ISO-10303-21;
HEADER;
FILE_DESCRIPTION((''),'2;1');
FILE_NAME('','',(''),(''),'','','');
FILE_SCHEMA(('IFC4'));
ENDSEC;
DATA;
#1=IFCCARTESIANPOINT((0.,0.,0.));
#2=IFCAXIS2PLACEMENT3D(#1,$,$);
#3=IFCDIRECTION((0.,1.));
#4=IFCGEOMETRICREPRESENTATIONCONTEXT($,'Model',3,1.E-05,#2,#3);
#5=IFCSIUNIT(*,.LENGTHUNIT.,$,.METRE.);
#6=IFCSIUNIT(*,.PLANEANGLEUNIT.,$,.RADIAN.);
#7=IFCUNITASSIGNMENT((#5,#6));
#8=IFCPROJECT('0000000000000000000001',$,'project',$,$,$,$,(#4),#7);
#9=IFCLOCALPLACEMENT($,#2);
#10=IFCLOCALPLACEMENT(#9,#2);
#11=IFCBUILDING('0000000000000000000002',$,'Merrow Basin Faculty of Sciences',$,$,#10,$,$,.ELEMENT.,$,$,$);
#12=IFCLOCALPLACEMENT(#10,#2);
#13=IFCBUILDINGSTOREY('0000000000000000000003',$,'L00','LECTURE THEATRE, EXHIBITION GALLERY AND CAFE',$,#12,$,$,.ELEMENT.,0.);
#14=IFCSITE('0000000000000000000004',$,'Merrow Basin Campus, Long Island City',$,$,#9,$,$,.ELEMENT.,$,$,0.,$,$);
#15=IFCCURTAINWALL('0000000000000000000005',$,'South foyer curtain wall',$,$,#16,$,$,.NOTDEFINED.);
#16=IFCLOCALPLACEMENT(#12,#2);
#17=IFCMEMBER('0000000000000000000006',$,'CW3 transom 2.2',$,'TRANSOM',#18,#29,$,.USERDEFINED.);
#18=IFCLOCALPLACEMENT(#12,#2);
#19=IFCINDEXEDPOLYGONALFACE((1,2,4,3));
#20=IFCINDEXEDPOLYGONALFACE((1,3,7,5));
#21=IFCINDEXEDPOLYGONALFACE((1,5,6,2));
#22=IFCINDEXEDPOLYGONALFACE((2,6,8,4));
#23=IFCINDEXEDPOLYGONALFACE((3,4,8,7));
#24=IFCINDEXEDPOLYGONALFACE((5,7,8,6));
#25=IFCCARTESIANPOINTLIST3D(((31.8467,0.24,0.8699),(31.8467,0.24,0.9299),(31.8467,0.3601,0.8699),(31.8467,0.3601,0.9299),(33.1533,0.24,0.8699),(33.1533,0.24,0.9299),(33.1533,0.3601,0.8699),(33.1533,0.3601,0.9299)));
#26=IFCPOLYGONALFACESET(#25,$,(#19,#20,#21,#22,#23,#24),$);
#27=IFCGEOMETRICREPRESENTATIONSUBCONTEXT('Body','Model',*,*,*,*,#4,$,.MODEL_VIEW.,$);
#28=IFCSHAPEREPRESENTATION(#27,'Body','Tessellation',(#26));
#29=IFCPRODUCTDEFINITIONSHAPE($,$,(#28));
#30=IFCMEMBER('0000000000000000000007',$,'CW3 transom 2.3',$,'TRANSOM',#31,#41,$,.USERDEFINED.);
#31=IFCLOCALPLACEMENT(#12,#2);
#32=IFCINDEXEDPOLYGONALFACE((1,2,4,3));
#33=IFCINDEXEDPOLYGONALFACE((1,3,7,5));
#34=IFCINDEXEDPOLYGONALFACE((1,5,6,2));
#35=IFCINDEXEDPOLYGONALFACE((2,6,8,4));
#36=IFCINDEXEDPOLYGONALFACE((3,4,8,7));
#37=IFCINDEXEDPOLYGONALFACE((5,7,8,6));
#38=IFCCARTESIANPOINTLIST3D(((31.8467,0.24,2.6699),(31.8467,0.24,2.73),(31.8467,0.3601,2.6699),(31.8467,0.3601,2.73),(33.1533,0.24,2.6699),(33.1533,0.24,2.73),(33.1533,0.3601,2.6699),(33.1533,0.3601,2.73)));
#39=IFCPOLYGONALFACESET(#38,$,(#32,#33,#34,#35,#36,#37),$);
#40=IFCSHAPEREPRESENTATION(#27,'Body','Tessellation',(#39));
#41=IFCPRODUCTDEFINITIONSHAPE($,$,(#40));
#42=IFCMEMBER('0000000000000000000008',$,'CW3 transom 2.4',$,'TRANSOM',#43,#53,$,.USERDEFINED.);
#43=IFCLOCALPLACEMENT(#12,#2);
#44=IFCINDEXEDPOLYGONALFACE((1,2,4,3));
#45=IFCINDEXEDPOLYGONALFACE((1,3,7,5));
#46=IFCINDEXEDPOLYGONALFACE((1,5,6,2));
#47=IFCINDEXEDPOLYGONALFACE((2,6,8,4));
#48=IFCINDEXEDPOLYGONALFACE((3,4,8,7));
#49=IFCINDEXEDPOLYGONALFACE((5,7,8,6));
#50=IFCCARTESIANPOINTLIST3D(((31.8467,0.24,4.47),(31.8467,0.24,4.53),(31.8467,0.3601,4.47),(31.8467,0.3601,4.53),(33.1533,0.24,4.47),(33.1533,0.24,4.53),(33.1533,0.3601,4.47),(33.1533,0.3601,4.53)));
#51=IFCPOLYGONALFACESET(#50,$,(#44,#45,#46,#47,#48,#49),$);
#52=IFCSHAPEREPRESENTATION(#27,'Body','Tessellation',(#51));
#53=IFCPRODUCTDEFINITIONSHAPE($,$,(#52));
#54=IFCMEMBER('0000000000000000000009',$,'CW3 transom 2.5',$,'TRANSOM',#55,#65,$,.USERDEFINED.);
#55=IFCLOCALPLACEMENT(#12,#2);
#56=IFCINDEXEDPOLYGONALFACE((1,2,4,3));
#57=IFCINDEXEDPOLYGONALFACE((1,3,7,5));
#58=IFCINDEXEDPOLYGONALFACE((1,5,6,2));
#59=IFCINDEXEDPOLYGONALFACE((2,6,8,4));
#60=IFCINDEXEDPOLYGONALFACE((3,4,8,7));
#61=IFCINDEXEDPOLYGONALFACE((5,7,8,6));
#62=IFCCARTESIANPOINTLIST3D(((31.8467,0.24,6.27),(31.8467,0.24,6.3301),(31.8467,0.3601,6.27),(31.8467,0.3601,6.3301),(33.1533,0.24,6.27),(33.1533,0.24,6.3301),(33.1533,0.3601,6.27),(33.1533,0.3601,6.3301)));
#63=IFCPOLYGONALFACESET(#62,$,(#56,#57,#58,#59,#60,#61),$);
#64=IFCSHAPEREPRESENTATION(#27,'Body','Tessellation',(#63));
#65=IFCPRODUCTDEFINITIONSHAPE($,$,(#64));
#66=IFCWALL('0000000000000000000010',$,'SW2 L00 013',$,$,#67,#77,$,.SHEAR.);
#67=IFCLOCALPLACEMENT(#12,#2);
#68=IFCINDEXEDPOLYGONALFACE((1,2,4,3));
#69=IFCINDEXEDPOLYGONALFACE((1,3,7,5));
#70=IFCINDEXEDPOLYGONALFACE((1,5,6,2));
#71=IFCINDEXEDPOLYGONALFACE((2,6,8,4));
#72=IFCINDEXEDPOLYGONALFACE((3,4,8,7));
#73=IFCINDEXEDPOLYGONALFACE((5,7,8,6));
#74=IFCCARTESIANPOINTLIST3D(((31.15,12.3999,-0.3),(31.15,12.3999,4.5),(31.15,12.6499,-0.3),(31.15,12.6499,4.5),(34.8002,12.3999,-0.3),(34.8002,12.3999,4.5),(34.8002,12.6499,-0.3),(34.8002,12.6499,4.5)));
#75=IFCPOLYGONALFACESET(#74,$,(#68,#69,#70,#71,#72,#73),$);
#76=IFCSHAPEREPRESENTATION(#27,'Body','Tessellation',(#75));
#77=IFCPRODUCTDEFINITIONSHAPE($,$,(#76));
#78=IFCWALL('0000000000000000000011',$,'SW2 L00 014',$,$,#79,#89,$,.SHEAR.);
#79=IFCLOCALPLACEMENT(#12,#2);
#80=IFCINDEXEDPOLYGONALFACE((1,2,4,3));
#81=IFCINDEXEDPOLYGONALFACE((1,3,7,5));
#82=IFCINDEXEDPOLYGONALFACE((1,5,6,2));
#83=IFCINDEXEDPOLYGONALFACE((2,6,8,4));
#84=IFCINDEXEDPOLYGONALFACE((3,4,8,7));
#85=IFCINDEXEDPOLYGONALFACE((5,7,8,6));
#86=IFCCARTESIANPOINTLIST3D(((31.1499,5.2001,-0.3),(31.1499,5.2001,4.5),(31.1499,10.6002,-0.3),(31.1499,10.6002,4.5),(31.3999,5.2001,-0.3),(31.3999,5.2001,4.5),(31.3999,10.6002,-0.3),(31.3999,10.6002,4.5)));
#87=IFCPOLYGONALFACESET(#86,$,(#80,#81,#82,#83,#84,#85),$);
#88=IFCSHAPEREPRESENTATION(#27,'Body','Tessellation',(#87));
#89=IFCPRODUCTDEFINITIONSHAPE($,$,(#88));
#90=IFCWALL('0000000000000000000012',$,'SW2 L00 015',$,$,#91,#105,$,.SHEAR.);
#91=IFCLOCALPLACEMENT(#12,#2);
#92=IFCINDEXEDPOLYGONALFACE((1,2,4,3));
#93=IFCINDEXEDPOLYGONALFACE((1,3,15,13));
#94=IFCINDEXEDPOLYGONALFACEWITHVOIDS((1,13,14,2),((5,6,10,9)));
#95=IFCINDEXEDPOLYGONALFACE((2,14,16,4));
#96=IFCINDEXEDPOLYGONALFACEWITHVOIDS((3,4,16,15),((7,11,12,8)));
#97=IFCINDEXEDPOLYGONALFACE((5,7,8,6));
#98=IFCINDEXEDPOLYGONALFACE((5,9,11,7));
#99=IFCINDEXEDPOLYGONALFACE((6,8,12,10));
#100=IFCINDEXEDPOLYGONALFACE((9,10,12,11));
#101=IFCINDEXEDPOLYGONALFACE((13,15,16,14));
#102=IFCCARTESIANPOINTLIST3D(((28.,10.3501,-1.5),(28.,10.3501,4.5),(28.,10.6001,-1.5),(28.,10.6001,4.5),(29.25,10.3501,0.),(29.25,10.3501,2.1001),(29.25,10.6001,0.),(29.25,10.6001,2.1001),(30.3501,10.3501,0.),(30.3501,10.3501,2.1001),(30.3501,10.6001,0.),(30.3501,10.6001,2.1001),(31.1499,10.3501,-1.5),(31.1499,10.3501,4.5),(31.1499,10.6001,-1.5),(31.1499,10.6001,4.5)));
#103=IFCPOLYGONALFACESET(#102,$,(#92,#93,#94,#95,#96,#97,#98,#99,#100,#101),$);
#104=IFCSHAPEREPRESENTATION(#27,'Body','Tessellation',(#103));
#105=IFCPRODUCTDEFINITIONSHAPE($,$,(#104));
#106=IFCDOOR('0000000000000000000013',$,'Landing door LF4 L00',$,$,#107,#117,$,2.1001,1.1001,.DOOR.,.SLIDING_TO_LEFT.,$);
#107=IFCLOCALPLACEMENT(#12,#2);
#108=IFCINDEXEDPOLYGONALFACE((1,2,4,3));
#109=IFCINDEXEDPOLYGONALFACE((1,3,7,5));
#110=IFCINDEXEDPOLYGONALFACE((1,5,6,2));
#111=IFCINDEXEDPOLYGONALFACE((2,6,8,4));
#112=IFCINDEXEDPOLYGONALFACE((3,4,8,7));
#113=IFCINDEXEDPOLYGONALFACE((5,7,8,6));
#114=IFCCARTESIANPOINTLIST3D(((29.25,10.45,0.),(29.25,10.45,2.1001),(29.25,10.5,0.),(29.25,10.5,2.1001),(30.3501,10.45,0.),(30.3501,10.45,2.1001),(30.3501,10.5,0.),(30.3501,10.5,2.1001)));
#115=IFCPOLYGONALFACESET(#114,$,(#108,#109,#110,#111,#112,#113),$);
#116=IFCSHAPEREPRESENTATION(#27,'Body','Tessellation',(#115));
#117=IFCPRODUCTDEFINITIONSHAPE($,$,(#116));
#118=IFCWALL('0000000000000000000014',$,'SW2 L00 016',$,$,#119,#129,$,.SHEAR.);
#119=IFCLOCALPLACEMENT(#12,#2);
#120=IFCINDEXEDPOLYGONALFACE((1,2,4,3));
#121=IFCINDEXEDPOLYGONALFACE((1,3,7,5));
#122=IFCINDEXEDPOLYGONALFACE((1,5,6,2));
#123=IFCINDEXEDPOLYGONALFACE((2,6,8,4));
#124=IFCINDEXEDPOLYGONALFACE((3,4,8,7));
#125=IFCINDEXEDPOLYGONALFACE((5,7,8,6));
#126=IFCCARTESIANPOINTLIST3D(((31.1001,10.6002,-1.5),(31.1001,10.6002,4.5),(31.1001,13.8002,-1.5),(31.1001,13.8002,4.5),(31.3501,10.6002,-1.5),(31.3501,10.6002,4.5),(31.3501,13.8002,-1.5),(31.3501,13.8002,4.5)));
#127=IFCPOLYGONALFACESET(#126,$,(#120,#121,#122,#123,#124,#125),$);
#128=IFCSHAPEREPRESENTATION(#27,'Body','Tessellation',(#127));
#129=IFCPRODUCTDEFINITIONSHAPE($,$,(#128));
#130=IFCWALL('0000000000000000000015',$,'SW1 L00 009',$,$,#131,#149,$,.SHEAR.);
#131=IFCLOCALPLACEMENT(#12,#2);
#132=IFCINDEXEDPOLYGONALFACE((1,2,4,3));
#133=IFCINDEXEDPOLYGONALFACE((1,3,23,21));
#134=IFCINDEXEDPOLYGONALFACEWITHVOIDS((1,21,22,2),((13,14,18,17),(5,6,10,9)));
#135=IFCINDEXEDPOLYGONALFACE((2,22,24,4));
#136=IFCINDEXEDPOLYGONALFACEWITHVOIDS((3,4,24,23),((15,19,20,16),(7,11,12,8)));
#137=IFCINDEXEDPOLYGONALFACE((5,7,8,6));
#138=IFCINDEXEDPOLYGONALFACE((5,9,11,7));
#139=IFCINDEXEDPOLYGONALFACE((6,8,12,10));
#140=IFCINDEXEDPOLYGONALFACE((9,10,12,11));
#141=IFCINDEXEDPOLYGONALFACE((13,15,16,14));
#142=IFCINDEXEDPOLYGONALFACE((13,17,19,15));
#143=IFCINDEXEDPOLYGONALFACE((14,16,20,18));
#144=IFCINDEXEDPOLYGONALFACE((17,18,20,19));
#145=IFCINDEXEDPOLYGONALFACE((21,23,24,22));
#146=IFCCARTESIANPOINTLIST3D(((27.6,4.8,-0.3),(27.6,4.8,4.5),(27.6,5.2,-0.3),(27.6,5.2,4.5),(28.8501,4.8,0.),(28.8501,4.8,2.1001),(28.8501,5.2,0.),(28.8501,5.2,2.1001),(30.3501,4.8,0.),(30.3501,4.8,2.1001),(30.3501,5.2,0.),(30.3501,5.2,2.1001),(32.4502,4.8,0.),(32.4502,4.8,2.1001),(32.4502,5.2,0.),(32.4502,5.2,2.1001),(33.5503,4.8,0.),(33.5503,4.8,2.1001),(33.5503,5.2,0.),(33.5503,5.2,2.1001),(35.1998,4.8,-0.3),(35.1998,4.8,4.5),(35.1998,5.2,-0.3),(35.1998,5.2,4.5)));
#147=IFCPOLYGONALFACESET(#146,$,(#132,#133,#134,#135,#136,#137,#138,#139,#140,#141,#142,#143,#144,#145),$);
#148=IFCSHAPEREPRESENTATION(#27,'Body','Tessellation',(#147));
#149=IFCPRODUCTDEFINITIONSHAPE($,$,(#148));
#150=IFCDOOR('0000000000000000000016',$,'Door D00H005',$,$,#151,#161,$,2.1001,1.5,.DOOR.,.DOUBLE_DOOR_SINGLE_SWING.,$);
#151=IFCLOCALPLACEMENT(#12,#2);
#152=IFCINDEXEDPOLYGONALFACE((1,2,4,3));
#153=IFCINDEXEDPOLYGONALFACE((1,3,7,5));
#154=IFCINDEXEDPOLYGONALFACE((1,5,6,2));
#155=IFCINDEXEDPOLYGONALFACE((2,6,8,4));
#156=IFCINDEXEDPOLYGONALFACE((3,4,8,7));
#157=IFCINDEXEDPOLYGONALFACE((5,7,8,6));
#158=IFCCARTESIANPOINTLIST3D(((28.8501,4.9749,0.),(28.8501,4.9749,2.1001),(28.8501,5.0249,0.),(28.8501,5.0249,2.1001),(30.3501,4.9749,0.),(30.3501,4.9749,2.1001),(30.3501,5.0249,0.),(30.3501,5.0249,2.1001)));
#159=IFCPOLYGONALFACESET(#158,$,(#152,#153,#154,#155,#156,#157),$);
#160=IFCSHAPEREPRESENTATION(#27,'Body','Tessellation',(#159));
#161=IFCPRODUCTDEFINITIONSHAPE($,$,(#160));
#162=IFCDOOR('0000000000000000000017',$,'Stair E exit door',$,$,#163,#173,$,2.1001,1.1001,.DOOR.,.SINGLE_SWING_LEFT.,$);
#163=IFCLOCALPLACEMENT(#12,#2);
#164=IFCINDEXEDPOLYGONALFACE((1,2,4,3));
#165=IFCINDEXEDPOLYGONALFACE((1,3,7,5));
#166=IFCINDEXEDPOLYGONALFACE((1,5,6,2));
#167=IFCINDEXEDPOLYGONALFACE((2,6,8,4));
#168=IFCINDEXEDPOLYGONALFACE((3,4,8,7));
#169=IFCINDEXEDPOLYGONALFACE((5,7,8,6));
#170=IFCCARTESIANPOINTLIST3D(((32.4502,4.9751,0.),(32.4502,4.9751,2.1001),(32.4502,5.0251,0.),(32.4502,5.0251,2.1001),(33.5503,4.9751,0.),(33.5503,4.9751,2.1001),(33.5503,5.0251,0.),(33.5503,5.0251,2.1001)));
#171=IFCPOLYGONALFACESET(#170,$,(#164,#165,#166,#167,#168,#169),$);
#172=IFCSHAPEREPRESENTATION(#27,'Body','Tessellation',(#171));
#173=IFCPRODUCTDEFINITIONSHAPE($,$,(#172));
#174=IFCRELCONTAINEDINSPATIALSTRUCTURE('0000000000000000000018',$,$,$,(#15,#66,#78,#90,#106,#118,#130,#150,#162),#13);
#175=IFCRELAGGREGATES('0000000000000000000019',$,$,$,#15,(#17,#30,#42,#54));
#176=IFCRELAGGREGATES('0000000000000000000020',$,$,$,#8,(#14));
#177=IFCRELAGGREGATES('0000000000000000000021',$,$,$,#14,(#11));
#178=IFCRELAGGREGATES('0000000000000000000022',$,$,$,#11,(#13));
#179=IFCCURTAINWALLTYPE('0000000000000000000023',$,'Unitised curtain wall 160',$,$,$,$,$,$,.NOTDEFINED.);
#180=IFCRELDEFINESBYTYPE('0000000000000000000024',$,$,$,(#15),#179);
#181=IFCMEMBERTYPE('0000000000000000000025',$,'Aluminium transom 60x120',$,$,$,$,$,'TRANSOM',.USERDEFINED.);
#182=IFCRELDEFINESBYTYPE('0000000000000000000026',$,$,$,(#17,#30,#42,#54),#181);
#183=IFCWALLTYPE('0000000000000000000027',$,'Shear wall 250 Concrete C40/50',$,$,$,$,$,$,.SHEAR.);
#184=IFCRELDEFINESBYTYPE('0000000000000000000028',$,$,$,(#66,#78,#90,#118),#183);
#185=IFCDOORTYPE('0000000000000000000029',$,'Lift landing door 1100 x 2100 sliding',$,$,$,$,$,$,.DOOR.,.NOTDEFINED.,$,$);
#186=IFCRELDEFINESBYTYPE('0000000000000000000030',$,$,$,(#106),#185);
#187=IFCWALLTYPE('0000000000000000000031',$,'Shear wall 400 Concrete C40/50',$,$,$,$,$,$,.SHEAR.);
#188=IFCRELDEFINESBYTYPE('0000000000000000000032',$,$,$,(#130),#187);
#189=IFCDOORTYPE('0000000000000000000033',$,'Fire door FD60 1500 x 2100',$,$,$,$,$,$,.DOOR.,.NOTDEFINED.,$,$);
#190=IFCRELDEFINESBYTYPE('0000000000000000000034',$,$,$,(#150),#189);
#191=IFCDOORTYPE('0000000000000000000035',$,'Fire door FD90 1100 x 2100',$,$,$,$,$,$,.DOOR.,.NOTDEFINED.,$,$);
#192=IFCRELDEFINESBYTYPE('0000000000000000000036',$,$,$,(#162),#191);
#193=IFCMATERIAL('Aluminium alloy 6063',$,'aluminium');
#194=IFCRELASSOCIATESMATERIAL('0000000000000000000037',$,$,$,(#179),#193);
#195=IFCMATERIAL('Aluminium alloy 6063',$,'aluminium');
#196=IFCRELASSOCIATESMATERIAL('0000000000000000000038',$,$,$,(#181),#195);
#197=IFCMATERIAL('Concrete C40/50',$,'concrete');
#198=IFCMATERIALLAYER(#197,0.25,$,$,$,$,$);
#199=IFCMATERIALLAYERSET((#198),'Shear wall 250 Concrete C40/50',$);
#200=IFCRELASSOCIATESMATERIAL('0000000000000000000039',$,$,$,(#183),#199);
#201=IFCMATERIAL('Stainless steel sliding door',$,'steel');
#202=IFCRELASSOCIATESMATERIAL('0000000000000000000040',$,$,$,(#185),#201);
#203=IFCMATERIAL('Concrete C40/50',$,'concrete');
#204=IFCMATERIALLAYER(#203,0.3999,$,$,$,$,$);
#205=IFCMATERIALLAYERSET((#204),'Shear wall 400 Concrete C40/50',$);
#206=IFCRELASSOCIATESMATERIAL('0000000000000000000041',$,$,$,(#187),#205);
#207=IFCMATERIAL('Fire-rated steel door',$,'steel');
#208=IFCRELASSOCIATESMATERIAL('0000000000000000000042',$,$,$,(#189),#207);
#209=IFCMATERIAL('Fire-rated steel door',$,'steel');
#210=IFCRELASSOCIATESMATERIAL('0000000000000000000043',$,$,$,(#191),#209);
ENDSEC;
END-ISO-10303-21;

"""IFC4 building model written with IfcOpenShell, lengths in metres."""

from ifc_helpers import new_model, si_unit, direction, frame, frame_2d, origin, origin_2d, place, context, subcontext, project, spatial, rectangle, extrude, material, layer, layer_set, material_profile, profile_set, type_object, element, fill, aggregate, save


model = new_model("IFC4")

# Units and contexts
model_context = context("Model", 3, precision=1e-05, world=origin(), true_north=direction((0.0, 1.0)))
body_context = subcontext(model_context, "Body", "Model", "MODEL_VIEW")
ifc_project = project(units=[si_unit("LENGTHUNIT", "METRE"), si_unit("PLANEANGLEUNIT", "RADIAN")], contexts=[model_context])

# Site, building, storey
site_placement = place(None, origin())
site = spatial("IfcSite", under=ifc_project, at=site_placement, Name="Merrow Basin Campus, Long Island City", CompositionType="ELEMENT", RefElevation=0.0)
building_placement = place(site_placement, origin())
building = spatial("IfcBuilding", under=site, at=building_placement, Name="Merrow Basin Faculty of Sciences", CompositionType="ELEMENT")
storey_placement = place(building_placement, origin())
storey = spatial("IfcBuildingStorey", under=building, at=storey_placement, Name="L00", Description="LECTURE THEATRE, EXHIBITION GALLERY AND CAFE", CompositionType="ELEMENT", Elevation=0.0)

# Curtain wall, members
ifc_material_1 = material(Name="Aluminium alloy 6063", Category="aluminium")
curtain_wall_type = type_object("IfcCurtainWallType", Name="Unitised curtain wall 160", PredefinedType="NOTDEFINED", material=ifc_material_1)
curtain_wall_placement = place(storey_placement, origin())
curtain_wall = element("IfcCurtainWall", 1, at=curtain_wall_placement, inside=storey, type_object=curtain_wall_type, Name="South foyer curtain wall", PredefinedType="NOTDEFINED")
ifc_material_2 = material(Name="Aluminium alloy 6063", Category="aluminium")
ifc_material_profile_1 = material_profile(ifc_material_2, rectangle(XDim=0.1201, YDim=0.0601, at=origin_2d()))
ifc_profile_set_1 = profile_set([ifc_material_profile_1], Name="Aluminium alloy 6063")
member_type = type_object("IfcMemberType", Name="Aluminium transom 60x120", ElementType="TRANSOM", PredefinedType="USERDEFINED", material=ifc_profile_set_1)
member_1_placement = place(storey_placement, frame((31.8467, 0.3, 0.8999), z_axis=(1.0, 0.0, 0.0), x_axis=(0.0, 1.0, 0.0)))
member_1 = element("IfcMember", 2, at=member_1_placement, type_object=member_type, Name="CW3 transom 2.2", ObjectType="TRANSOM", PredefinedType="USERDEFINED", context=body_context, shape_type="SweptSolid", body=[
    extrude(rectangle(XDim=0.1201, YDim=0.0601, at=origin_2d()), origin(), (0.0, 0.0, 1.0), 1.3066),
])
member_2_placement = place(storey_placement, frame((31.8467, 0.3, 2.7), z_axis=(1.0, 0.0, 0.0), x_axis=(0.0, 1.0, 0.0)))
member_2 = element("IfcMember", 3, at=member_2_placement, type_object=member_type, Name="CW3 transom 2.3", ObjectType="TRANSOM", PredefinedType="USERDEFINED", context=body_context, shape_type="SweptSolid", body=[
    extrude(rectangle(XDim=0.1201, YDim=0.0601, at=origin_2d()), origin(), (0.0, 0.0, 1.0), 1.3066),
])
member_3_placement = place(storey_placement, frame((31.8467, 0.3, 4.5), z_axis=(1.0, 0.0, 0.0), x_axis=(0.0, 1.0, 0.0)))
member_3 = element("IfcMember", 4, at=member_3_placement, type_object=member_type, Name="CW3 transom 2.4", ObjectType="TRANSOM", PredefinedType="USERDEFINED", context=body_context, shape_type="SweptSolid", body=[
    extrude(rectangle(XDim=0.1201, YDim=0.0601, at=origin_2d()), origin(), (0.0, 0.0, 1.0), 1.3066),
])
member_4_placement = place(storey_placement, frame((31.8467, 0.3, 6.3), z_axis=(1.0, 0.0, 0.0), x_axis=(0.0, 1.0, 0.0)))
member_4 = element("IfcMember", 5, at=member_4_placement, type_object=member_type, Name="CW3 transom 2.5", ObjectType="TRANSOM", PredefinedType="USERDEFINED", context=body_context, shape_type="SweptSolid", body=[
    extrude(rectangle(XDim=0.1201, YDim=0.0601, at=origin_2d()), origin(), (0.0, 0.0, 1.0), 1.3066),
])
aggregate(curtain_wall, [member_1, member_2, member_3, member_4])

# Walls
ifc_material_3 = material(Name="Concrete C40/50", Category="concrete")
ifc_layer_1 = layer(ifc_material_3, 0.25)
ifc_layer_set_1 = layer_set([ifc_layer_1], Name="Shear wall 250 Concrete C40/50")
wall_type_1 = type_object("IfcWallType", Name="Shear wall 250 Concrete C40/50", PredefinedType="SHEAR", material=ifc_layer_set_1)
wall_1_placement = place(storey_placement, frame((31.1499, 12.5249, -0.3), z_axis=(0.0, 0.0, 1.0), x_axis=(1.0, 0.0, 0.0)))
element("IfcWall", 6, at=wall_1_placement, inside=storey, type_object=wall_type_1, Name="SW2 L00 013", PredefinedType="SHEAR", context=body_context, shape_type="SweptSolid", body=[
    extrude(rectangle(XDim=3.6501, YDim=0.25, at=frame_2d((1.8252, 0.0))), origin(), (0.0, 0.0, 1.0), 4.8),
])
wall_2_placement = place(storey_placement, frame((31.2749, 5.2, -0.3), z_axis=(0.0, 0.0, 1.0), x_axis=(0.0, 1.0, 0.0)))
element("IfcWall", 7, at=wall_2_placement, inside=storey, type_object=wall_type_1, Name="SW2 L00 014", PredefinedType="SHEAR", context=body_context, shape_type="SweptSolid", body=[
    extrude(rectangle(XDim=5.4001, YDim=0.25, at=frame_2d((2.7002, 0.0))), origin(), (0.0, 0.0, 1.0), 4.8),
])

# Wall, opening, door
wall_3_placement = place(storey_placement, frame((28.0, 10.4751, -1.5), z_axis=(0.0, 0.0, 1.0), x_axis=(1.0, 0.0, 0.0)))
wall_3 = element("IfcWall", 8, at=wall_3_placement, inside=storey, type_object=wall_type_1, Name="SW2 L00 015", PredefinedType="SHEAR", context=body_context, shape_type="SweptSolid", body=[
    extrude(rectangle(XDim=3.1499, YDim=0.25, at=frame_2d((1.575, 0.0))), origin(), (0.0, 0.0, 1.0), 6.0),
])
opening_1_placement = place(wall_3_placement, frame((1.25, 0.0, 1.5)))
opening_1 = element("IfcOpeningElement", 9, at=opening_1_placement, cuts=wall_3, PredefinedType="OPENING", context=body_context, shape_type="SweptSolid", body=[
    extrude(rectangle(XDim=1.1001, YDim=2.1001, at=frame_2d((0.55, 1.05))), frame((0.0, 0.135, 0.0), z_axis=(0.0, -1.0, 0.0), x_axis=(1.0, 0.0, 0.0)), (0.0, 0.0, 1.0), 0.27),
])
ifc_material_4 = material(Name="Stainless steel sliding door", Category="steel")
door_type_1 = type_object("IfcDoorType", Name="Lift landing door 1100 x 2100 sliding", OperationType="NOTDEFINED", PredefinedType="DOOR", material=ifc_material_4)
door_1_placement = place(opening_1_placement, origin())
door_1 = element("IfcDoor", 10, at=door_1_placement, inside=storey, type_object=door_type_1, Name="Landing door LF4 L00", OperationType="SLIDING_TO_LEFT", OverallHeight=2.1001, OverallWidth=1.1001, PredefinedType="DOOR", context=body_context, shape_type="SweptSolid", body=[
    extrude(rectangle(XDim=1.1001, YDim=2.1001, at=frame_2d((0.55, 1.05))), frame((0.0, 0.0249, 0.0), z_axis=(0.0, -1.0, 0.0), x_axis=(1.0, 0.0, 0.0)), (0.0, 0.0, 1.0), 0.05),
])
fill(opening_1, door_1)

# Wall
wall_4_placement = place(storey_placement, frame((31.2251, 10.6001, -1.5), z_axis=(0.0, 0.0, 1.0), x_axis=(0.0, 1.0, 0.0)))
element("IfcWall", 11, at=wall_4_placement, inside=storey, type_object=wall_type_1, Name="SW2 L00 016", PredefinedType="SHEAR", context=body_context, shape_type="SweptSolid", body=[
    extrude(rectangle(XDim=3.2, YDim=0.25, at=frame_2d((1.6001, 0.0))), origin(), (0.0, 0.0, 1.0), 6.0),
])

# Wall, openings, doors
ifc_material_5 = material(Name="Concrete C40/50", Category="concrete")
ifc_layer_2 = layer(ifc_material_5, 0.3999)
ifc_layer_set_2 = layer_set([ifc_layer_2], Name="Shear wall 400 Concrete C40/50")
wall_type_2 = type_object("IfcWallType", Name="Shear wall 400 Concrete C40/50", PredefinedType="SHEAR", material=ifc_layer_set_2)
wall_5_placement = place(storey_placement, frame((27.6001, 5.0, -0.3), z_axis=(0.0, 0.0, 1.0), x_axis=(1.0, 0.0, 0.0)))
wall_5 = element("IfcWall", 12, at=wall_5_placement, inside=storey, type_object=wall_type_2, Name="SW1 L00 009", PredefinedType="SHEAR", context=body_context, shape_type="SweptSolid", body=[
    extrude(rectangle(XDim=7.5999, YDim=0.3999, at=frame_2d((3.7998, 0.0))), origin(), (0.0, 0.0, 1.0), 4.8),
])
opening_2_placement = place(wall_5_placement, frame((4.8501, 0.0, 0.3)))
opening_2 = element("IfcOpeningElement", 13, at=opening_2_placement, cuts=wall_5, PredefinedType="OPENING", context=body_context, shape_type="SweptSolid", body=[
    extrude(rectangle(XDim=1.1001, YDim=2.1001, at=frame_2d((0.55, 1.05))), frame((0.0, 0.21, 0.0), z_axis=(0.0, -1.0, 0.0), x_axis=(1.0, 0.0, 0.0)), (0.0, 0.0, 1.0), 0.4199),
])
opening_3_placement = place(wall_5_placement, frame((1.25, 0.0, 0.3)))
opening_3 = element("IfcOpeningElement", 14, at=opening_3_placement, cuts=wall_5, PredefinedType="OPENING", context=body_context, shape_type="SweptSolid", body=[
    extrude(rectangle(XDim=1.5, YDim=2.1001, at=frame_2d((0.75, 1.05))), frame((0.0, 0.21, 0.0), z_axis=(0.0, -1.0, 0.0), x_axis=(1.0, 0.0, 0.0)), (0.0, 0.0, 1.0), 0.4199),
])
ifc_material_6 = material(Name="Fire-rated steel door", Category="steel")
door_type_2 = type_object("IfcDoorType", Name="Fire door FD60 1500 x 2100", OperationType="NOTDEFINED", PredefinedType="DOOR", material=ifc_material_6)
door_2_placement = place(opening_3_placement, origin())
door_2 = element("IfcDoor", 15, at=door_2_placement, inside=storey, type_object=door_type_2, Name="Door D00H005", OperationType="DOUBLE_DOOR_SINGLE_SWING", OverallHeight=2.1001, OverallWidth=1.5, PredefinedType="DOOR", context=body_context, shape_type="SweptSolid", body=[
    extrude(rectangle(XDim=1.5, YDim=2.1001, at=frame_2d((0.75, 1.05))), frame((0.0, 0.0249, 0.0), z_axis=(0.0, -1.0, 0.0), x_axis=(1.0, 0.0, 0.0)), (0.0, 0.0, 1.0), 0.05),
])
fill(opening_3, door_2)
ifc_material_7 = material(Name="Fire-rated steel door", Category="steel")
door_type_3 = type_object("IfcDoorType", Name="Fire door FD90 1100 x 2100", OperationType="NOTDEFINED", PredefinedType="DOOR", material=ifc_material_7)
door_3_placement = place(opening_2_placement, frame((1.1001, 0.0, 0.0), z_axis=(0.0, 0.0, 1.0), x_axis=(-1.0, 0.0, 0.0)))
door_3 = element("IfcDoor", 16, at=door_3_placement, inside=storey, type_object=door_type_3, Name="Stair E exit door", OperationType="SINGLE_SWING_LEFT", OverallHeight=2.1001, OverallWidth=1.1001, PredefinedType="DOOR", context=body_context, shape_type="SweptSolid", body=[
    extrude(rectangle(XDim=1.1001, YDim=2.1001, at=frame_2d((0.55, 1.05))), frame((0.0, 0.0249, 0.0), z_axis=(0.0, -1.0, 0.0), x_axis=(1.0, 0.0, 0.0)), (0.0, 0.0, 1.0), 0.05),
])
fill(opening_2, door_3)

save(model, "model.ifc")
